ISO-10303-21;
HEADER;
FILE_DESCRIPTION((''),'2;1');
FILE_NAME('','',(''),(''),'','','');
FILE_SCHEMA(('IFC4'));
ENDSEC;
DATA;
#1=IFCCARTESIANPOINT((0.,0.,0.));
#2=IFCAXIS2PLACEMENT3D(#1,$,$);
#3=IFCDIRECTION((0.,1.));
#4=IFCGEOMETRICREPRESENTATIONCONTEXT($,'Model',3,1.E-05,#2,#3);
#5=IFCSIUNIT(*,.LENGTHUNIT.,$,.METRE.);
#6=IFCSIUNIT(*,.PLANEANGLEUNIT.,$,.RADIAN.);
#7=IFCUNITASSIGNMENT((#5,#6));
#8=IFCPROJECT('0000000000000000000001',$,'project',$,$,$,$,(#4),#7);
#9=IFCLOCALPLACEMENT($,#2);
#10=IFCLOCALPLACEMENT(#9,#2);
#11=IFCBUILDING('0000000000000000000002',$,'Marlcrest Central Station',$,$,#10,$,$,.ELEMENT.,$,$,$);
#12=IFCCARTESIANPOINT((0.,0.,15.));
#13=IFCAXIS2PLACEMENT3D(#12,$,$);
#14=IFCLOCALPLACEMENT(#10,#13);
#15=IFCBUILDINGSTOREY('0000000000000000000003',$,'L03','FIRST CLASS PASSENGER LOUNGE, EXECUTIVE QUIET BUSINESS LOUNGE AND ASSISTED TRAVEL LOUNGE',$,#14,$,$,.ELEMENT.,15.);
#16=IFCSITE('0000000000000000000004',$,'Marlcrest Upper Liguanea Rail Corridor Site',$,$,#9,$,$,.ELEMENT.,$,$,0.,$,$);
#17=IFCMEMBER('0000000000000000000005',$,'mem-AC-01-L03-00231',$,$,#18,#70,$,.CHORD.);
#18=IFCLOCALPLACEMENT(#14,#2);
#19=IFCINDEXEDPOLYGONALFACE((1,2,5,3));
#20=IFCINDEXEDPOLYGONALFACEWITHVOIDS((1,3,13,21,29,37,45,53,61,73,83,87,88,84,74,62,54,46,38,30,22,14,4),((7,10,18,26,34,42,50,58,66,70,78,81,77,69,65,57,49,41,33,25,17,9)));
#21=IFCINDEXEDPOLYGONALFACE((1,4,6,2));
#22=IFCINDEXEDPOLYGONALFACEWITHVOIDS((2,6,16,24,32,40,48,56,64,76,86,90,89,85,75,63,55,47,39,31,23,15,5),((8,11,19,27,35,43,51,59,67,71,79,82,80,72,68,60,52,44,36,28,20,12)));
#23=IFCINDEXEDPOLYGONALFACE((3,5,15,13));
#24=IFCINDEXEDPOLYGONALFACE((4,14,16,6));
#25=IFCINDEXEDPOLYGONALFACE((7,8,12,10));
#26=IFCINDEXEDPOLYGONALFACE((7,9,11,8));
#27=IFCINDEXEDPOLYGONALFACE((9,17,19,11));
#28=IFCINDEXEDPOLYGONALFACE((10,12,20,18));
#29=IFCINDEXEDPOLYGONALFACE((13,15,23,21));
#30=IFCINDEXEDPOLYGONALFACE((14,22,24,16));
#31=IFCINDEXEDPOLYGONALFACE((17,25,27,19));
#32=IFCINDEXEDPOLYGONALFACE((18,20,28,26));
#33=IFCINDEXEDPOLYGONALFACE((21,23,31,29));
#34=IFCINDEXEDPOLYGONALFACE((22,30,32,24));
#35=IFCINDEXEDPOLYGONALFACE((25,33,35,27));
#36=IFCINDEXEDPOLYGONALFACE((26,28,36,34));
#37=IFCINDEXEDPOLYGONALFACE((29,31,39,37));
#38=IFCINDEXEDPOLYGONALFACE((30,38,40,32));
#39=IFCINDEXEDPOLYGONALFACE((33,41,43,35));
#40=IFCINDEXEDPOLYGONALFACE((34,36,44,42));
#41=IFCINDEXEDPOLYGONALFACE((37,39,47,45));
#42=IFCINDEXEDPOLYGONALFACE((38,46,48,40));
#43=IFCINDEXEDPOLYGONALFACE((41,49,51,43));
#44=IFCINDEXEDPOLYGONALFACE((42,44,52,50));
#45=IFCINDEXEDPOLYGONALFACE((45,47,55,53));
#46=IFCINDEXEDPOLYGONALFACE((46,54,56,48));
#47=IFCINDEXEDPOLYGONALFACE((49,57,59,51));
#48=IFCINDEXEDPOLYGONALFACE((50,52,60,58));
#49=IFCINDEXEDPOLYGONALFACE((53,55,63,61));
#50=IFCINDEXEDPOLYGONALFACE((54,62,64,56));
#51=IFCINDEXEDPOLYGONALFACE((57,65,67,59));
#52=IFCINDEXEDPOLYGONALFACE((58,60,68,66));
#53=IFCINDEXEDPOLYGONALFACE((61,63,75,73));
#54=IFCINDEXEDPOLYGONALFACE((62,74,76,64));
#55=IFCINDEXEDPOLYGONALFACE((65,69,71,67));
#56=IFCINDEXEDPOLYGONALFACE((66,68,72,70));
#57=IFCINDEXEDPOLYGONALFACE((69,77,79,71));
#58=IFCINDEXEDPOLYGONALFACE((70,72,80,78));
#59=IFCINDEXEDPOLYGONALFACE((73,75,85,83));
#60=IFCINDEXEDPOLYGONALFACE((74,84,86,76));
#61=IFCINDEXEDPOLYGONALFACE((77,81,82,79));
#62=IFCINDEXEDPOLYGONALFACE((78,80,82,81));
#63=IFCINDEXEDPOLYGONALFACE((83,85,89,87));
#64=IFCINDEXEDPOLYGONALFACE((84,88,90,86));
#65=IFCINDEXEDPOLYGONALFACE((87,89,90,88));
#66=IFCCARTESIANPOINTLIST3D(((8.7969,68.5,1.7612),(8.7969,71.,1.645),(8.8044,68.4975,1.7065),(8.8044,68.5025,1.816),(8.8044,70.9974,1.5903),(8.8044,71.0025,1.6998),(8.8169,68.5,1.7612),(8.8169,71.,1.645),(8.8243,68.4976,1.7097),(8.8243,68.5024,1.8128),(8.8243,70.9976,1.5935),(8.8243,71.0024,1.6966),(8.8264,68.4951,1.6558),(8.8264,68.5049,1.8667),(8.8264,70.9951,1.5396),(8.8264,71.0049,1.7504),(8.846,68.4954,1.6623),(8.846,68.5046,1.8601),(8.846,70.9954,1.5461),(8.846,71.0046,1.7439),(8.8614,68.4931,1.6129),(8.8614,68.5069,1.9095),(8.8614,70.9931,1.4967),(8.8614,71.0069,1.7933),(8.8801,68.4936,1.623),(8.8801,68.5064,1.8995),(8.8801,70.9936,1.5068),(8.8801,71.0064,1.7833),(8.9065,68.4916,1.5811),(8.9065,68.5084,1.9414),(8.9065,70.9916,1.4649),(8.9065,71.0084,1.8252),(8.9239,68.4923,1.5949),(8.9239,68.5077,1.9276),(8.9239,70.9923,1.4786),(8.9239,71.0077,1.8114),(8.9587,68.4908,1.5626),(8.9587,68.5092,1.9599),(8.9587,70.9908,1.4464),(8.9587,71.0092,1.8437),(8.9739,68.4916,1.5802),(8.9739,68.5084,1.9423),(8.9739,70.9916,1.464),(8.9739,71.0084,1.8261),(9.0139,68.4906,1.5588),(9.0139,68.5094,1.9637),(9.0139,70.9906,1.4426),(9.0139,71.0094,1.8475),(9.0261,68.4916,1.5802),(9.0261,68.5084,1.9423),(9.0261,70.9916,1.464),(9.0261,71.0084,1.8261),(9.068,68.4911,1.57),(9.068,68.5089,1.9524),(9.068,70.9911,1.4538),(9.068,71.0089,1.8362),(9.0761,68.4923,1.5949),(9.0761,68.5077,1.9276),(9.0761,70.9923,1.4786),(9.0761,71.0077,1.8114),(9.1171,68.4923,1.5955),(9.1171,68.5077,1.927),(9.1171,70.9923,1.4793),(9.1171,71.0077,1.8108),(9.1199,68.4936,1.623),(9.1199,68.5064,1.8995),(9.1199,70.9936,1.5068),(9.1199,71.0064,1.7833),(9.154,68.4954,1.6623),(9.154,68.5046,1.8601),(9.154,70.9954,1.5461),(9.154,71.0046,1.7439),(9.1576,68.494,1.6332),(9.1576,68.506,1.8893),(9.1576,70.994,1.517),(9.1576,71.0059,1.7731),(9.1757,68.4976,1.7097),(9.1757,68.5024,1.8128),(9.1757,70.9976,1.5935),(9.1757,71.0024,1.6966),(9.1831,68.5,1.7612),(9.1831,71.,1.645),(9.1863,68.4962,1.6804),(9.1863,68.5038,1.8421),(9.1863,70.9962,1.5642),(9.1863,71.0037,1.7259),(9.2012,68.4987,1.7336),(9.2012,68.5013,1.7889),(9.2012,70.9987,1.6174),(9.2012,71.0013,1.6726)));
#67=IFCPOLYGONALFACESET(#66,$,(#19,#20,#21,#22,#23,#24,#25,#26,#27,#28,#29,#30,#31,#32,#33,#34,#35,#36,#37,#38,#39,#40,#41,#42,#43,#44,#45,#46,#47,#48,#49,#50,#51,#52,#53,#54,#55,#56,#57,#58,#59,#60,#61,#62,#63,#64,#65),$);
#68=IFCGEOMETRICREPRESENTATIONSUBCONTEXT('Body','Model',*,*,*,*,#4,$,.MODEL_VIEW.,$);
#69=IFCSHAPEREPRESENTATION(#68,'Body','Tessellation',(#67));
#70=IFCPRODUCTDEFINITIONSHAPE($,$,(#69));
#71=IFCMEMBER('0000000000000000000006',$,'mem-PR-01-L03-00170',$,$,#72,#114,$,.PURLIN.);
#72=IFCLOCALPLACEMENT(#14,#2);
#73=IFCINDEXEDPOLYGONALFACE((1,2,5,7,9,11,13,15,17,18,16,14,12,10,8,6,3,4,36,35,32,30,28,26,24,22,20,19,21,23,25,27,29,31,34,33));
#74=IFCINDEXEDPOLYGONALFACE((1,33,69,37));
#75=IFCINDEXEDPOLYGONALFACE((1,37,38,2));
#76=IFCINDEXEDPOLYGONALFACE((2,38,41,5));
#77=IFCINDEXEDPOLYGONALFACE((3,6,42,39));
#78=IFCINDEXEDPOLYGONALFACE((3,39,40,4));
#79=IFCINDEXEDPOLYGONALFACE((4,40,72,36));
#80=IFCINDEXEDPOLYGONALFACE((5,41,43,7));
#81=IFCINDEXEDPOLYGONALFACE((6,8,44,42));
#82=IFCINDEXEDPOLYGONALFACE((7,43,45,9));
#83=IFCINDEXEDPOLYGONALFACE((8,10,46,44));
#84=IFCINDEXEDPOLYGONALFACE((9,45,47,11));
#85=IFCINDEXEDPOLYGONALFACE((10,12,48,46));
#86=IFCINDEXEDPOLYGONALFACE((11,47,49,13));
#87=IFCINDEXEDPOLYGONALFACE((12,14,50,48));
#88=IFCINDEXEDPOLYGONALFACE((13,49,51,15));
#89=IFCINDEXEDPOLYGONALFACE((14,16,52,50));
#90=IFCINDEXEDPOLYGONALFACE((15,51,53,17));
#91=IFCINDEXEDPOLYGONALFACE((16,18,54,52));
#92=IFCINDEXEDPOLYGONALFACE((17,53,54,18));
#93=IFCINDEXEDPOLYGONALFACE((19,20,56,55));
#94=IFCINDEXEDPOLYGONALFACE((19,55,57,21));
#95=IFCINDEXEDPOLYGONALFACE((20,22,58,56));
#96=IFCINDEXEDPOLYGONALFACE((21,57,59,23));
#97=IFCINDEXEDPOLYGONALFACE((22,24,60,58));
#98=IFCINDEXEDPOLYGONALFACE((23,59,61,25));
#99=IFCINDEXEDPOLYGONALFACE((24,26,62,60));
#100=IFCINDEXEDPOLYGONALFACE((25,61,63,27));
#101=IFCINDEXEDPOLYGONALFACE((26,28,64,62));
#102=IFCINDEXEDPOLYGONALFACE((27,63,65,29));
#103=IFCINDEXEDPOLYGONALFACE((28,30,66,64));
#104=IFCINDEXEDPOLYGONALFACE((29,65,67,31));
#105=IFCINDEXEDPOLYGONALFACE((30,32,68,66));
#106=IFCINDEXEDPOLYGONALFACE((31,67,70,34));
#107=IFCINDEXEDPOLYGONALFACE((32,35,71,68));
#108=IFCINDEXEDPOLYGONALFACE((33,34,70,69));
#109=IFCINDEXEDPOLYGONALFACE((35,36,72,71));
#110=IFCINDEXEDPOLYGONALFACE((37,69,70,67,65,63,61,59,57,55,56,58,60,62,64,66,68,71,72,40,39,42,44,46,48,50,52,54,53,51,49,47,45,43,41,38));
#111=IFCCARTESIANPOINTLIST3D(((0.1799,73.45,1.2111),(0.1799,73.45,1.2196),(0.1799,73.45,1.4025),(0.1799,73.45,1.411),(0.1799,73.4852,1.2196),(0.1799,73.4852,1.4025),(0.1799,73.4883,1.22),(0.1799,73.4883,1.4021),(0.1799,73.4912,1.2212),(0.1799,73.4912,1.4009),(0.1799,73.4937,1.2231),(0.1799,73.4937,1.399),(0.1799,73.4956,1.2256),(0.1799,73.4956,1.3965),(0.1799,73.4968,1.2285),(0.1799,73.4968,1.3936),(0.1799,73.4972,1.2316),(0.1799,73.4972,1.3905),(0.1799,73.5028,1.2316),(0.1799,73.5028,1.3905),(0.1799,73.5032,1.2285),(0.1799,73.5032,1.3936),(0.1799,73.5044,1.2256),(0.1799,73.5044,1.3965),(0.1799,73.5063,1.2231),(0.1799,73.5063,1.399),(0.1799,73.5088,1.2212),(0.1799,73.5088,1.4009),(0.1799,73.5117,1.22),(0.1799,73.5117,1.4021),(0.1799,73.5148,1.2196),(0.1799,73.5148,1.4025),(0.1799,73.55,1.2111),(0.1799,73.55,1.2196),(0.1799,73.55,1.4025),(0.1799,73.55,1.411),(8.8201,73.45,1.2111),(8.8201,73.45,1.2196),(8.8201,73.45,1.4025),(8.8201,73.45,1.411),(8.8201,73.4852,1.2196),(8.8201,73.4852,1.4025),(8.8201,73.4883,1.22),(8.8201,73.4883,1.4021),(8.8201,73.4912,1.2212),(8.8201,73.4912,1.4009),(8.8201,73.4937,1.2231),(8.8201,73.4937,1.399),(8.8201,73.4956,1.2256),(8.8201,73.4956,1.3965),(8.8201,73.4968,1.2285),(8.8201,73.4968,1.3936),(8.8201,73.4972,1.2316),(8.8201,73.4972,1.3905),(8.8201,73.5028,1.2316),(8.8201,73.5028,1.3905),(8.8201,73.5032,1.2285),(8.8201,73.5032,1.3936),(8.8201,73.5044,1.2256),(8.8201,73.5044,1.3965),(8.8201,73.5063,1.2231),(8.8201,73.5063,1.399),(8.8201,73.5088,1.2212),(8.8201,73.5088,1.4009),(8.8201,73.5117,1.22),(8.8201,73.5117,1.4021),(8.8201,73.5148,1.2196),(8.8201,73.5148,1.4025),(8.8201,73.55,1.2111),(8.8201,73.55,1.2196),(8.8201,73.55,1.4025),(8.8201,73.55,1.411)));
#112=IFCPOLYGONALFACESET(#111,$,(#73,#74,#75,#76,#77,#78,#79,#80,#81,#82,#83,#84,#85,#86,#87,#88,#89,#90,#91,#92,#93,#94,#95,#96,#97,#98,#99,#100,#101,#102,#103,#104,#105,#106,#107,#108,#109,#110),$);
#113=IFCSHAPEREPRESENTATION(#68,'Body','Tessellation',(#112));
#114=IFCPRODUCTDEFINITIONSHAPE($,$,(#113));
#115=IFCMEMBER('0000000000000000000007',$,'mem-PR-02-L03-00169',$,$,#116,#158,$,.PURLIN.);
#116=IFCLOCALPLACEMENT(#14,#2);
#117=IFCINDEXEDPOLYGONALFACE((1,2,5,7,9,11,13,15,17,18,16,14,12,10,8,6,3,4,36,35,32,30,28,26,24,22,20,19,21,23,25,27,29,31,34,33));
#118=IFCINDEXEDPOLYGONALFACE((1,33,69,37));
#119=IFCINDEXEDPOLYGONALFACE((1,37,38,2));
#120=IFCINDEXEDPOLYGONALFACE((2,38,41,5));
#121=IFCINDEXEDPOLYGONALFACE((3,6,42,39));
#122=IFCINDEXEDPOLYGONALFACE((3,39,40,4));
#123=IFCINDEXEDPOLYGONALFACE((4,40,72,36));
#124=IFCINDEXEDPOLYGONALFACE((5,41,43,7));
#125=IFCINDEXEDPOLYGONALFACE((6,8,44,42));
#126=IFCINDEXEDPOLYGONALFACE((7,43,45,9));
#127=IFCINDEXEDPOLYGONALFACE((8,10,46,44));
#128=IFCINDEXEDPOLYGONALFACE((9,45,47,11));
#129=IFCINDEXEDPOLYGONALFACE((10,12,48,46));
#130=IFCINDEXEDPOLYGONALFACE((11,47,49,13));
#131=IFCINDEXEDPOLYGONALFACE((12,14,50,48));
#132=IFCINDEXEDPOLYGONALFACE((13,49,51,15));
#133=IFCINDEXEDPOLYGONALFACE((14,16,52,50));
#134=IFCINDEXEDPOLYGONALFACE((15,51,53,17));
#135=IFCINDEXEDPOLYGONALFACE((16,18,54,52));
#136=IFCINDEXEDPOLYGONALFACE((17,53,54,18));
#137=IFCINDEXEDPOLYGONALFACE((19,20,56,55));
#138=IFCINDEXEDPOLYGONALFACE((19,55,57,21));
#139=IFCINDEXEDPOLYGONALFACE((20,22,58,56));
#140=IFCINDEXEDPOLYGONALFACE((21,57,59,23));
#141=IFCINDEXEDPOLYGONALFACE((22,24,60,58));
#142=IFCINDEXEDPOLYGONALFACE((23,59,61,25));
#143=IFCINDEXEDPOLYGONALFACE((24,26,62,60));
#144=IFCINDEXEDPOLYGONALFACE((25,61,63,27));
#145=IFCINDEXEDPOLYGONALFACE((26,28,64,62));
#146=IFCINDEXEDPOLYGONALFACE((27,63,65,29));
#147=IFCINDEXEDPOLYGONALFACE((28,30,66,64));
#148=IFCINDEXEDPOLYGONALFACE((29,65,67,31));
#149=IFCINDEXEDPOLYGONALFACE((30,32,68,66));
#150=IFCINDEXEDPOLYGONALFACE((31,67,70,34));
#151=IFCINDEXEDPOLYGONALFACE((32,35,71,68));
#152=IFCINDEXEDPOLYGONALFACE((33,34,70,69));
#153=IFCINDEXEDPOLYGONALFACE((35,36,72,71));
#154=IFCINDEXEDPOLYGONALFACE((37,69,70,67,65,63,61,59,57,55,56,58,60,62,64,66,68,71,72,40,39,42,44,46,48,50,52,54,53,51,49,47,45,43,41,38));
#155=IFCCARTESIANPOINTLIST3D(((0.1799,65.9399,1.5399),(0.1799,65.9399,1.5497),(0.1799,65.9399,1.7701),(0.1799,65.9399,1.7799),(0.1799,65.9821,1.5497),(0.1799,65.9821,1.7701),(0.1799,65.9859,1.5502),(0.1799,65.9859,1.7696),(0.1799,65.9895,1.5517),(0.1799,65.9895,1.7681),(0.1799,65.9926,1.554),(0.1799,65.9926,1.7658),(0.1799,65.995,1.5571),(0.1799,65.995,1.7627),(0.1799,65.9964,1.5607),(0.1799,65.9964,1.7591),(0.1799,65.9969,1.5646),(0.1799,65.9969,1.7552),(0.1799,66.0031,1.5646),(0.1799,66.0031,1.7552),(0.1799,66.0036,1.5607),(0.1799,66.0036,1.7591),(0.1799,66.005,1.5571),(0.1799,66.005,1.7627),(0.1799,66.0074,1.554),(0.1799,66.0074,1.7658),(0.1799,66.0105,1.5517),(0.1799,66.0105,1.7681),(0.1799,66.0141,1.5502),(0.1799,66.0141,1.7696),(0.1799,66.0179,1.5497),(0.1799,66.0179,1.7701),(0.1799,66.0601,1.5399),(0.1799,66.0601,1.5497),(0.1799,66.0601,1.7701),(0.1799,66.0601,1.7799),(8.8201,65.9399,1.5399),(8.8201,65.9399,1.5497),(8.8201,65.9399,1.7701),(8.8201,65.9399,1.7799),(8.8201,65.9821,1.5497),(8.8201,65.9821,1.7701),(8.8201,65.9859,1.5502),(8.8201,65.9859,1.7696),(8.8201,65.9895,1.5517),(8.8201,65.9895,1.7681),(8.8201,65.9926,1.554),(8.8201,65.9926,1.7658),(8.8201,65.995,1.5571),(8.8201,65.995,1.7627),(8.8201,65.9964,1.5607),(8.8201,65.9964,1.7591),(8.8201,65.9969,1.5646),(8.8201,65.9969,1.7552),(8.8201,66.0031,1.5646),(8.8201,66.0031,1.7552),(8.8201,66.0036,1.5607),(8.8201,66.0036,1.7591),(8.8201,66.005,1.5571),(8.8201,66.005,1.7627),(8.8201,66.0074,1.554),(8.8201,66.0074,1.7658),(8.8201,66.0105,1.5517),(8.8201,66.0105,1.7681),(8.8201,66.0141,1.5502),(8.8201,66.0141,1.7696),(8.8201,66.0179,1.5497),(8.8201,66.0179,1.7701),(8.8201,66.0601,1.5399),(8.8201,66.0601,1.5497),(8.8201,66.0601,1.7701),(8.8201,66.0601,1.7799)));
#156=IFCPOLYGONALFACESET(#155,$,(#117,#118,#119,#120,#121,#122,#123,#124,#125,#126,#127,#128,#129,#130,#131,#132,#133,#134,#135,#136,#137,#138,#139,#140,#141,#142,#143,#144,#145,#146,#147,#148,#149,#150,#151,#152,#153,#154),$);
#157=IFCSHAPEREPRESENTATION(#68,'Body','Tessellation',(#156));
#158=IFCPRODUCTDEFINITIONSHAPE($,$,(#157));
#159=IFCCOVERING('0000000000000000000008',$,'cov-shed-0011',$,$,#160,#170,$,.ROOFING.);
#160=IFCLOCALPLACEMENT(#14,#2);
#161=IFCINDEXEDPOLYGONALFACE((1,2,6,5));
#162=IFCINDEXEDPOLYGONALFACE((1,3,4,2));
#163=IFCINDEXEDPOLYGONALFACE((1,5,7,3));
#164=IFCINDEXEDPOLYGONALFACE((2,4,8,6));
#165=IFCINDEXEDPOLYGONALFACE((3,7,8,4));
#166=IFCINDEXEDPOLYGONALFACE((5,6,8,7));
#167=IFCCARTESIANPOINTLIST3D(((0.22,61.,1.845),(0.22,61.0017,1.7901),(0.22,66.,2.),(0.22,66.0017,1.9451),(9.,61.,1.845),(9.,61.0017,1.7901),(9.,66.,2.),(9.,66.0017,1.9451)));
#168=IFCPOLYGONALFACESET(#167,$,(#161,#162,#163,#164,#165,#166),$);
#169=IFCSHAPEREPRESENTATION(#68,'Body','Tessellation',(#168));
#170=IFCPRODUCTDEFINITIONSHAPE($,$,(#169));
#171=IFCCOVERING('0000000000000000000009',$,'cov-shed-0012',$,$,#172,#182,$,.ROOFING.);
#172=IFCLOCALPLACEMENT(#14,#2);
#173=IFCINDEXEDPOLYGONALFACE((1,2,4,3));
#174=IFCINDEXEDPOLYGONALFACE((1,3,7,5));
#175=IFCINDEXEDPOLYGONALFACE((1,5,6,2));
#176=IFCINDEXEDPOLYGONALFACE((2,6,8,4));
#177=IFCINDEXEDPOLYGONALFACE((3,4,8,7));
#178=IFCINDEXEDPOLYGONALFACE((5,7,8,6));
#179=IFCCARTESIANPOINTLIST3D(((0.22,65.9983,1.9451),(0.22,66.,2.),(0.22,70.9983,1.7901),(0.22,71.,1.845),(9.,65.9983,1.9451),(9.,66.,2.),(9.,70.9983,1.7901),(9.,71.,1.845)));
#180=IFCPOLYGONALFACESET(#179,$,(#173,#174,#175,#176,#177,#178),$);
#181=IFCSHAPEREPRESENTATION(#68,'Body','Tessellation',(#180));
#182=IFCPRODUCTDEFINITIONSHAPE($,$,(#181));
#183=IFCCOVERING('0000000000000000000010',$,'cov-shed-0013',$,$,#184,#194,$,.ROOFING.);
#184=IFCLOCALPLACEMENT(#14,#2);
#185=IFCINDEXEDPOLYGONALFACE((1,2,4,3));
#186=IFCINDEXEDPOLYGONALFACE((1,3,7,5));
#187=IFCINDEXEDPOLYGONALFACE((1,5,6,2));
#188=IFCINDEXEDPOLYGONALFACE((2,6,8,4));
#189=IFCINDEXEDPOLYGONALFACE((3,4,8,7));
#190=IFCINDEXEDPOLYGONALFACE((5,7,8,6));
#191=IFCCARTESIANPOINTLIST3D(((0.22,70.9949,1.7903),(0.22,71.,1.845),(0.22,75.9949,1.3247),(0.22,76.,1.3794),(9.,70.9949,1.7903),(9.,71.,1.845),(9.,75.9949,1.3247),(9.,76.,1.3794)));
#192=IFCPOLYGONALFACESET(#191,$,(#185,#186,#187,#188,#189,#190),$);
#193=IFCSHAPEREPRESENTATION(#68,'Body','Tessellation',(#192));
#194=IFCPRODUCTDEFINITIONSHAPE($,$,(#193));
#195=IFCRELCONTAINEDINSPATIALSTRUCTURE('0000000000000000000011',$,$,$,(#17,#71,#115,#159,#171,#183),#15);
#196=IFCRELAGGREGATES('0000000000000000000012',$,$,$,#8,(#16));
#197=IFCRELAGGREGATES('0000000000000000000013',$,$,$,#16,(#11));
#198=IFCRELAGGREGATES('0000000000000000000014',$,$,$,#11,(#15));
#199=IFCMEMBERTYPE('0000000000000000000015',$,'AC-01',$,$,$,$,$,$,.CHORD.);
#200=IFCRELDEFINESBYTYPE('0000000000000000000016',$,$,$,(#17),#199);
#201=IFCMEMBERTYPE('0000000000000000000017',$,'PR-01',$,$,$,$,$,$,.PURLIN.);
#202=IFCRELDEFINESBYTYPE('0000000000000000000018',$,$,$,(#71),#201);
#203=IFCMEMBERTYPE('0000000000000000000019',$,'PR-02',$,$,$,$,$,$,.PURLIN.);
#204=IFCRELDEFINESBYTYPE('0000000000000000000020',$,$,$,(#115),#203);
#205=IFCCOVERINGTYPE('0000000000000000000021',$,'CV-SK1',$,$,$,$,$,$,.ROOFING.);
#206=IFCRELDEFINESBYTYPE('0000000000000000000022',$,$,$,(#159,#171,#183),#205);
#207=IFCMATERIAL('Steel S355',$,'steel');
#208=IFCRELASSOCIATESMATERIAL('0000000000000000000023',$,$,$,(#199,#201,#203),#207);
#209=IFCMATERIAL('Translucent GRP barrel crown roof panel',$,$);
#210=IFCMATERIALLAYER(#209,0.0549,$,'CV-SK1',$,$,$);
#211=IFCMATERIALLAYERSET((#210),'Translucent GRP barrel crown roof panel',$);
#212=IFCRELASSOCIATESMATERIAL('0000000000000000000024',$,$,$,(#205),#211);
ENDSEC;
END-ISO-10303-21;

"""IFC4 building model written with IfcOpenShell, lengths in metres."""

from ifc_helpers import new_model, si_unit, direction, frame, origin, origin_2d, place, context, subcontext, project, spatial, polyline, hollow_circle, i_section, outline, extrude, material, layer, layer_set, material_profile, profile_set, type_object, element, save


model = new_model("IFC4")

# Units and contexts
model_context = context("Model", 3, precision=1e-05, world=origin(), true_north=direction((0.0, 1.0)))
body_context = subcontext(model_context, "Body", "Model", "MODEL_VIEW")
ifc_project = project(units=[si_unit("LENGTHUNIT", "METRE"), si_unit("PLANEANGLEUNIT", "RADIAN")], contexts=[model_context])

# Site, building, storey
site_placement = place(None, origin())
site = spatial("IfcSite", under=ifc_project, at=site_placement, Name="Marlcrest Upper Liguanea Rail Corridor Site", CompositionType="ELEMENT", RefElevation=0.0)
building_placement = place(site_placement, origin())
building = spatial("IfcBuilding", under=site, at=building_placement, Name="Marlcrest Central Station", CompositionType="ELEMENT")
storey_placement = place(building_placement, frame((0.0, 0.0, 15.0)))
storey = spatial("IfcBuildingStorey", under=building, at=storey_placement, Name="L03", Description="FIRST CLASS PASSENGER LOUNGE, EXECUTIVE QUIET BUSINESS LOUNGE AND ASSISTED TRAVEL LOUNGE", CompositionType="ELEMENT", Elevation=15.0)

# Members
ifc_material_1 = material(Name="Steel S355", Category="steel")
ifc_material_profile_1 = material_profile(ifc_material_1, hollow_circle(Radius=0.2031, WallThickness=0.02, at=origin_2d()), Name="CHS 406.4x20")
ifc_profile_set_1 = profile_set([ifc_material_profile_1], Name="Steel S355")
member_type_1 = type_object("IfcMemberType", Name="AC-01", PredefinedType="CHORD", material=ifc_profile_set_1)
member_1_placement = place(storey_placement, frame((9.0, 68.5, 1.7612), z_axis=(0.0, 0.998921, -0.046434), x_axis=(-1.0, 0.0, 0.0)))
element("IfcMember", 1, at=member_1_placement, inside=storey, type_object=member_type_1, Name="mem-AC-01-L03-00231", PredefinedType="CHORD", context=body_context, shape_type="SweptSolid", body=[
    extrude(hollow_circle(Radius=0.2031, WallThickness=0.02, at=origin_2d()), origin(), (0.0, 0.0, 1.0), 2.5027),
])
ifc_material_profile_2 = material_profile(ifc_material_1, i_section(OverallWidth=0.1001, OverallDepth=0.2, WebThickness=0.0056, FlangeThickness=0.0085, FilletRadius=0.012, at=origin_2d()), Name="IPE 200")
ifc_profile_set_2 = profile_set([ifc_material_profile_2], Name="Steel S355")
member_type_2 = type_object("IfcMemberType", Name="PR-01", PredefinedType="PURLIN", material=ifc_profile_set_2)
member_2_placement = place(storey_placement, frame((0.1799, 73.5, 1.311), z_axis=(1.0, 0.0, 0.0), x_axis=(0.0, 1.0, 0.0)))
element("IfcMember", 2, at=member_2_placement, inside=storey, type_object=member_type_2, Name="mem-PR-01-L03-00170", PredefinedType="PURLIN", context=body_context, shape_type="SweptSolid", body=[
    extrude(i_section(OverallWidth=0.1001, OverallDepth=0.2, WebThickness=0.0056, FlangeThickness=0.0085, FilletRadius=0.012, at=origin_2d()), origin(), (0.0, 0.0, 1.0), 8.6401),
])
ifc_material_profile_3 = material_profile(ifc_material_1, i_section(OverallWidth=0.1201, OverallDepth=0.24, WebThickness=0.0061, FlangeThickness=0.0098, FilletRadius=0.0149, at=origin_2d()), Name="IPE 240")
ifc_profile_set_3 = profile_set([ifc_material_profile_3], Name="Steel S355")
member_type_3 = type_object("IfcMemberType", Name="PR-02", PredefinedType="PURLIN", material=ifc_profile_set_3)
member_3_placement = place(storey_placement, frame((0.1799, 66.0, 1.6599), z_axis=(1.0, 0.0, 0.0), x_axis=(0.0, 1.0, 0.0)))
element("IfcMember", 3, at=member_3_placement, inside=storey, type_object=member_type_3, Name="mem-PR-02-L03-00169", PredefinedType="PURLIN", context=body_context, shape_type="SweptSolid", body=[
    extrude(i_section(OverallWidth=0.1201, OverallDepth=0.24, WebThickness=0.0061, FlangeThickness=0.0098, FilletRadius=0.0149, at=origin_2d()), origin(), (0.0, 0.0, 1.0), 8.6401),
])

# Coverings
ifc_material_2 = material(Name="Translucent GRP barrel crown roof panel")
ifc_layer = layer(ifc_material_2, 0.0549, Name="CV-SK1")
ifc_layer_set = layer_set([ifc_layer], Name="Translucent GRP barrel crown roof panel")
covering_type = type_object("IfcCoveringType", Name="CV-SK1", PredefinedType="ROOFING", material=ifc_layer_set)
for number, where, z_axis, x_axis, name in (
    (4, (0.22, 61.0, 1.845), (0.0, -0.030991, 0.99952), (1.0, 0.0, 0.0), "cov-shed-0011"),
    (5, (0.22, 66.0, 2.0), (0.0, 0.030991, 0.99952), (1.0, 0.0, 0.0), "cov-shed-0012"),
):
    element("IfcCovering", number, at=place(storey_placement, frame(where, z_axis=z_axis, x_axis=x_axis)), inside=storey, type_object=covering_type, Name=name, PredefinedType="ROOFING", context=body_context, shape_type="SweptSolid", body=[
        extrude(outline(polyline([(0.0, 0.0), (8.78, 0.0), (8.78, 5.0024), (0.0, 5.0024), (0.0, 0.0)])), origin(), (0.0, 0.0, -1.0), 0.0549),
    ])
covering_placement = place(storey_placement, frame((0.22, 71.0, 1.845), z_axis=(0.0, 0.092714, 0.995693), x_axis=(1.0, 0.0, 0.0)))
element("IfcCovering", 6, at=covering_placement, inside=storey, type_object=covering_type, Name="cov-shed-0013", PredefinedType="ROOFING", context=body_context, shape_type="SweptSolid", body=[
    extrude(outline(polyline([(0.0, 0.0), (8.78, 0.0), (8.78, 5.0216), (0.0, 5.0216), (0.0, 0.0)])), origin(), (0.0, 0.0, -1.0), 0.0549),
])

save(model, "model.ifc")
